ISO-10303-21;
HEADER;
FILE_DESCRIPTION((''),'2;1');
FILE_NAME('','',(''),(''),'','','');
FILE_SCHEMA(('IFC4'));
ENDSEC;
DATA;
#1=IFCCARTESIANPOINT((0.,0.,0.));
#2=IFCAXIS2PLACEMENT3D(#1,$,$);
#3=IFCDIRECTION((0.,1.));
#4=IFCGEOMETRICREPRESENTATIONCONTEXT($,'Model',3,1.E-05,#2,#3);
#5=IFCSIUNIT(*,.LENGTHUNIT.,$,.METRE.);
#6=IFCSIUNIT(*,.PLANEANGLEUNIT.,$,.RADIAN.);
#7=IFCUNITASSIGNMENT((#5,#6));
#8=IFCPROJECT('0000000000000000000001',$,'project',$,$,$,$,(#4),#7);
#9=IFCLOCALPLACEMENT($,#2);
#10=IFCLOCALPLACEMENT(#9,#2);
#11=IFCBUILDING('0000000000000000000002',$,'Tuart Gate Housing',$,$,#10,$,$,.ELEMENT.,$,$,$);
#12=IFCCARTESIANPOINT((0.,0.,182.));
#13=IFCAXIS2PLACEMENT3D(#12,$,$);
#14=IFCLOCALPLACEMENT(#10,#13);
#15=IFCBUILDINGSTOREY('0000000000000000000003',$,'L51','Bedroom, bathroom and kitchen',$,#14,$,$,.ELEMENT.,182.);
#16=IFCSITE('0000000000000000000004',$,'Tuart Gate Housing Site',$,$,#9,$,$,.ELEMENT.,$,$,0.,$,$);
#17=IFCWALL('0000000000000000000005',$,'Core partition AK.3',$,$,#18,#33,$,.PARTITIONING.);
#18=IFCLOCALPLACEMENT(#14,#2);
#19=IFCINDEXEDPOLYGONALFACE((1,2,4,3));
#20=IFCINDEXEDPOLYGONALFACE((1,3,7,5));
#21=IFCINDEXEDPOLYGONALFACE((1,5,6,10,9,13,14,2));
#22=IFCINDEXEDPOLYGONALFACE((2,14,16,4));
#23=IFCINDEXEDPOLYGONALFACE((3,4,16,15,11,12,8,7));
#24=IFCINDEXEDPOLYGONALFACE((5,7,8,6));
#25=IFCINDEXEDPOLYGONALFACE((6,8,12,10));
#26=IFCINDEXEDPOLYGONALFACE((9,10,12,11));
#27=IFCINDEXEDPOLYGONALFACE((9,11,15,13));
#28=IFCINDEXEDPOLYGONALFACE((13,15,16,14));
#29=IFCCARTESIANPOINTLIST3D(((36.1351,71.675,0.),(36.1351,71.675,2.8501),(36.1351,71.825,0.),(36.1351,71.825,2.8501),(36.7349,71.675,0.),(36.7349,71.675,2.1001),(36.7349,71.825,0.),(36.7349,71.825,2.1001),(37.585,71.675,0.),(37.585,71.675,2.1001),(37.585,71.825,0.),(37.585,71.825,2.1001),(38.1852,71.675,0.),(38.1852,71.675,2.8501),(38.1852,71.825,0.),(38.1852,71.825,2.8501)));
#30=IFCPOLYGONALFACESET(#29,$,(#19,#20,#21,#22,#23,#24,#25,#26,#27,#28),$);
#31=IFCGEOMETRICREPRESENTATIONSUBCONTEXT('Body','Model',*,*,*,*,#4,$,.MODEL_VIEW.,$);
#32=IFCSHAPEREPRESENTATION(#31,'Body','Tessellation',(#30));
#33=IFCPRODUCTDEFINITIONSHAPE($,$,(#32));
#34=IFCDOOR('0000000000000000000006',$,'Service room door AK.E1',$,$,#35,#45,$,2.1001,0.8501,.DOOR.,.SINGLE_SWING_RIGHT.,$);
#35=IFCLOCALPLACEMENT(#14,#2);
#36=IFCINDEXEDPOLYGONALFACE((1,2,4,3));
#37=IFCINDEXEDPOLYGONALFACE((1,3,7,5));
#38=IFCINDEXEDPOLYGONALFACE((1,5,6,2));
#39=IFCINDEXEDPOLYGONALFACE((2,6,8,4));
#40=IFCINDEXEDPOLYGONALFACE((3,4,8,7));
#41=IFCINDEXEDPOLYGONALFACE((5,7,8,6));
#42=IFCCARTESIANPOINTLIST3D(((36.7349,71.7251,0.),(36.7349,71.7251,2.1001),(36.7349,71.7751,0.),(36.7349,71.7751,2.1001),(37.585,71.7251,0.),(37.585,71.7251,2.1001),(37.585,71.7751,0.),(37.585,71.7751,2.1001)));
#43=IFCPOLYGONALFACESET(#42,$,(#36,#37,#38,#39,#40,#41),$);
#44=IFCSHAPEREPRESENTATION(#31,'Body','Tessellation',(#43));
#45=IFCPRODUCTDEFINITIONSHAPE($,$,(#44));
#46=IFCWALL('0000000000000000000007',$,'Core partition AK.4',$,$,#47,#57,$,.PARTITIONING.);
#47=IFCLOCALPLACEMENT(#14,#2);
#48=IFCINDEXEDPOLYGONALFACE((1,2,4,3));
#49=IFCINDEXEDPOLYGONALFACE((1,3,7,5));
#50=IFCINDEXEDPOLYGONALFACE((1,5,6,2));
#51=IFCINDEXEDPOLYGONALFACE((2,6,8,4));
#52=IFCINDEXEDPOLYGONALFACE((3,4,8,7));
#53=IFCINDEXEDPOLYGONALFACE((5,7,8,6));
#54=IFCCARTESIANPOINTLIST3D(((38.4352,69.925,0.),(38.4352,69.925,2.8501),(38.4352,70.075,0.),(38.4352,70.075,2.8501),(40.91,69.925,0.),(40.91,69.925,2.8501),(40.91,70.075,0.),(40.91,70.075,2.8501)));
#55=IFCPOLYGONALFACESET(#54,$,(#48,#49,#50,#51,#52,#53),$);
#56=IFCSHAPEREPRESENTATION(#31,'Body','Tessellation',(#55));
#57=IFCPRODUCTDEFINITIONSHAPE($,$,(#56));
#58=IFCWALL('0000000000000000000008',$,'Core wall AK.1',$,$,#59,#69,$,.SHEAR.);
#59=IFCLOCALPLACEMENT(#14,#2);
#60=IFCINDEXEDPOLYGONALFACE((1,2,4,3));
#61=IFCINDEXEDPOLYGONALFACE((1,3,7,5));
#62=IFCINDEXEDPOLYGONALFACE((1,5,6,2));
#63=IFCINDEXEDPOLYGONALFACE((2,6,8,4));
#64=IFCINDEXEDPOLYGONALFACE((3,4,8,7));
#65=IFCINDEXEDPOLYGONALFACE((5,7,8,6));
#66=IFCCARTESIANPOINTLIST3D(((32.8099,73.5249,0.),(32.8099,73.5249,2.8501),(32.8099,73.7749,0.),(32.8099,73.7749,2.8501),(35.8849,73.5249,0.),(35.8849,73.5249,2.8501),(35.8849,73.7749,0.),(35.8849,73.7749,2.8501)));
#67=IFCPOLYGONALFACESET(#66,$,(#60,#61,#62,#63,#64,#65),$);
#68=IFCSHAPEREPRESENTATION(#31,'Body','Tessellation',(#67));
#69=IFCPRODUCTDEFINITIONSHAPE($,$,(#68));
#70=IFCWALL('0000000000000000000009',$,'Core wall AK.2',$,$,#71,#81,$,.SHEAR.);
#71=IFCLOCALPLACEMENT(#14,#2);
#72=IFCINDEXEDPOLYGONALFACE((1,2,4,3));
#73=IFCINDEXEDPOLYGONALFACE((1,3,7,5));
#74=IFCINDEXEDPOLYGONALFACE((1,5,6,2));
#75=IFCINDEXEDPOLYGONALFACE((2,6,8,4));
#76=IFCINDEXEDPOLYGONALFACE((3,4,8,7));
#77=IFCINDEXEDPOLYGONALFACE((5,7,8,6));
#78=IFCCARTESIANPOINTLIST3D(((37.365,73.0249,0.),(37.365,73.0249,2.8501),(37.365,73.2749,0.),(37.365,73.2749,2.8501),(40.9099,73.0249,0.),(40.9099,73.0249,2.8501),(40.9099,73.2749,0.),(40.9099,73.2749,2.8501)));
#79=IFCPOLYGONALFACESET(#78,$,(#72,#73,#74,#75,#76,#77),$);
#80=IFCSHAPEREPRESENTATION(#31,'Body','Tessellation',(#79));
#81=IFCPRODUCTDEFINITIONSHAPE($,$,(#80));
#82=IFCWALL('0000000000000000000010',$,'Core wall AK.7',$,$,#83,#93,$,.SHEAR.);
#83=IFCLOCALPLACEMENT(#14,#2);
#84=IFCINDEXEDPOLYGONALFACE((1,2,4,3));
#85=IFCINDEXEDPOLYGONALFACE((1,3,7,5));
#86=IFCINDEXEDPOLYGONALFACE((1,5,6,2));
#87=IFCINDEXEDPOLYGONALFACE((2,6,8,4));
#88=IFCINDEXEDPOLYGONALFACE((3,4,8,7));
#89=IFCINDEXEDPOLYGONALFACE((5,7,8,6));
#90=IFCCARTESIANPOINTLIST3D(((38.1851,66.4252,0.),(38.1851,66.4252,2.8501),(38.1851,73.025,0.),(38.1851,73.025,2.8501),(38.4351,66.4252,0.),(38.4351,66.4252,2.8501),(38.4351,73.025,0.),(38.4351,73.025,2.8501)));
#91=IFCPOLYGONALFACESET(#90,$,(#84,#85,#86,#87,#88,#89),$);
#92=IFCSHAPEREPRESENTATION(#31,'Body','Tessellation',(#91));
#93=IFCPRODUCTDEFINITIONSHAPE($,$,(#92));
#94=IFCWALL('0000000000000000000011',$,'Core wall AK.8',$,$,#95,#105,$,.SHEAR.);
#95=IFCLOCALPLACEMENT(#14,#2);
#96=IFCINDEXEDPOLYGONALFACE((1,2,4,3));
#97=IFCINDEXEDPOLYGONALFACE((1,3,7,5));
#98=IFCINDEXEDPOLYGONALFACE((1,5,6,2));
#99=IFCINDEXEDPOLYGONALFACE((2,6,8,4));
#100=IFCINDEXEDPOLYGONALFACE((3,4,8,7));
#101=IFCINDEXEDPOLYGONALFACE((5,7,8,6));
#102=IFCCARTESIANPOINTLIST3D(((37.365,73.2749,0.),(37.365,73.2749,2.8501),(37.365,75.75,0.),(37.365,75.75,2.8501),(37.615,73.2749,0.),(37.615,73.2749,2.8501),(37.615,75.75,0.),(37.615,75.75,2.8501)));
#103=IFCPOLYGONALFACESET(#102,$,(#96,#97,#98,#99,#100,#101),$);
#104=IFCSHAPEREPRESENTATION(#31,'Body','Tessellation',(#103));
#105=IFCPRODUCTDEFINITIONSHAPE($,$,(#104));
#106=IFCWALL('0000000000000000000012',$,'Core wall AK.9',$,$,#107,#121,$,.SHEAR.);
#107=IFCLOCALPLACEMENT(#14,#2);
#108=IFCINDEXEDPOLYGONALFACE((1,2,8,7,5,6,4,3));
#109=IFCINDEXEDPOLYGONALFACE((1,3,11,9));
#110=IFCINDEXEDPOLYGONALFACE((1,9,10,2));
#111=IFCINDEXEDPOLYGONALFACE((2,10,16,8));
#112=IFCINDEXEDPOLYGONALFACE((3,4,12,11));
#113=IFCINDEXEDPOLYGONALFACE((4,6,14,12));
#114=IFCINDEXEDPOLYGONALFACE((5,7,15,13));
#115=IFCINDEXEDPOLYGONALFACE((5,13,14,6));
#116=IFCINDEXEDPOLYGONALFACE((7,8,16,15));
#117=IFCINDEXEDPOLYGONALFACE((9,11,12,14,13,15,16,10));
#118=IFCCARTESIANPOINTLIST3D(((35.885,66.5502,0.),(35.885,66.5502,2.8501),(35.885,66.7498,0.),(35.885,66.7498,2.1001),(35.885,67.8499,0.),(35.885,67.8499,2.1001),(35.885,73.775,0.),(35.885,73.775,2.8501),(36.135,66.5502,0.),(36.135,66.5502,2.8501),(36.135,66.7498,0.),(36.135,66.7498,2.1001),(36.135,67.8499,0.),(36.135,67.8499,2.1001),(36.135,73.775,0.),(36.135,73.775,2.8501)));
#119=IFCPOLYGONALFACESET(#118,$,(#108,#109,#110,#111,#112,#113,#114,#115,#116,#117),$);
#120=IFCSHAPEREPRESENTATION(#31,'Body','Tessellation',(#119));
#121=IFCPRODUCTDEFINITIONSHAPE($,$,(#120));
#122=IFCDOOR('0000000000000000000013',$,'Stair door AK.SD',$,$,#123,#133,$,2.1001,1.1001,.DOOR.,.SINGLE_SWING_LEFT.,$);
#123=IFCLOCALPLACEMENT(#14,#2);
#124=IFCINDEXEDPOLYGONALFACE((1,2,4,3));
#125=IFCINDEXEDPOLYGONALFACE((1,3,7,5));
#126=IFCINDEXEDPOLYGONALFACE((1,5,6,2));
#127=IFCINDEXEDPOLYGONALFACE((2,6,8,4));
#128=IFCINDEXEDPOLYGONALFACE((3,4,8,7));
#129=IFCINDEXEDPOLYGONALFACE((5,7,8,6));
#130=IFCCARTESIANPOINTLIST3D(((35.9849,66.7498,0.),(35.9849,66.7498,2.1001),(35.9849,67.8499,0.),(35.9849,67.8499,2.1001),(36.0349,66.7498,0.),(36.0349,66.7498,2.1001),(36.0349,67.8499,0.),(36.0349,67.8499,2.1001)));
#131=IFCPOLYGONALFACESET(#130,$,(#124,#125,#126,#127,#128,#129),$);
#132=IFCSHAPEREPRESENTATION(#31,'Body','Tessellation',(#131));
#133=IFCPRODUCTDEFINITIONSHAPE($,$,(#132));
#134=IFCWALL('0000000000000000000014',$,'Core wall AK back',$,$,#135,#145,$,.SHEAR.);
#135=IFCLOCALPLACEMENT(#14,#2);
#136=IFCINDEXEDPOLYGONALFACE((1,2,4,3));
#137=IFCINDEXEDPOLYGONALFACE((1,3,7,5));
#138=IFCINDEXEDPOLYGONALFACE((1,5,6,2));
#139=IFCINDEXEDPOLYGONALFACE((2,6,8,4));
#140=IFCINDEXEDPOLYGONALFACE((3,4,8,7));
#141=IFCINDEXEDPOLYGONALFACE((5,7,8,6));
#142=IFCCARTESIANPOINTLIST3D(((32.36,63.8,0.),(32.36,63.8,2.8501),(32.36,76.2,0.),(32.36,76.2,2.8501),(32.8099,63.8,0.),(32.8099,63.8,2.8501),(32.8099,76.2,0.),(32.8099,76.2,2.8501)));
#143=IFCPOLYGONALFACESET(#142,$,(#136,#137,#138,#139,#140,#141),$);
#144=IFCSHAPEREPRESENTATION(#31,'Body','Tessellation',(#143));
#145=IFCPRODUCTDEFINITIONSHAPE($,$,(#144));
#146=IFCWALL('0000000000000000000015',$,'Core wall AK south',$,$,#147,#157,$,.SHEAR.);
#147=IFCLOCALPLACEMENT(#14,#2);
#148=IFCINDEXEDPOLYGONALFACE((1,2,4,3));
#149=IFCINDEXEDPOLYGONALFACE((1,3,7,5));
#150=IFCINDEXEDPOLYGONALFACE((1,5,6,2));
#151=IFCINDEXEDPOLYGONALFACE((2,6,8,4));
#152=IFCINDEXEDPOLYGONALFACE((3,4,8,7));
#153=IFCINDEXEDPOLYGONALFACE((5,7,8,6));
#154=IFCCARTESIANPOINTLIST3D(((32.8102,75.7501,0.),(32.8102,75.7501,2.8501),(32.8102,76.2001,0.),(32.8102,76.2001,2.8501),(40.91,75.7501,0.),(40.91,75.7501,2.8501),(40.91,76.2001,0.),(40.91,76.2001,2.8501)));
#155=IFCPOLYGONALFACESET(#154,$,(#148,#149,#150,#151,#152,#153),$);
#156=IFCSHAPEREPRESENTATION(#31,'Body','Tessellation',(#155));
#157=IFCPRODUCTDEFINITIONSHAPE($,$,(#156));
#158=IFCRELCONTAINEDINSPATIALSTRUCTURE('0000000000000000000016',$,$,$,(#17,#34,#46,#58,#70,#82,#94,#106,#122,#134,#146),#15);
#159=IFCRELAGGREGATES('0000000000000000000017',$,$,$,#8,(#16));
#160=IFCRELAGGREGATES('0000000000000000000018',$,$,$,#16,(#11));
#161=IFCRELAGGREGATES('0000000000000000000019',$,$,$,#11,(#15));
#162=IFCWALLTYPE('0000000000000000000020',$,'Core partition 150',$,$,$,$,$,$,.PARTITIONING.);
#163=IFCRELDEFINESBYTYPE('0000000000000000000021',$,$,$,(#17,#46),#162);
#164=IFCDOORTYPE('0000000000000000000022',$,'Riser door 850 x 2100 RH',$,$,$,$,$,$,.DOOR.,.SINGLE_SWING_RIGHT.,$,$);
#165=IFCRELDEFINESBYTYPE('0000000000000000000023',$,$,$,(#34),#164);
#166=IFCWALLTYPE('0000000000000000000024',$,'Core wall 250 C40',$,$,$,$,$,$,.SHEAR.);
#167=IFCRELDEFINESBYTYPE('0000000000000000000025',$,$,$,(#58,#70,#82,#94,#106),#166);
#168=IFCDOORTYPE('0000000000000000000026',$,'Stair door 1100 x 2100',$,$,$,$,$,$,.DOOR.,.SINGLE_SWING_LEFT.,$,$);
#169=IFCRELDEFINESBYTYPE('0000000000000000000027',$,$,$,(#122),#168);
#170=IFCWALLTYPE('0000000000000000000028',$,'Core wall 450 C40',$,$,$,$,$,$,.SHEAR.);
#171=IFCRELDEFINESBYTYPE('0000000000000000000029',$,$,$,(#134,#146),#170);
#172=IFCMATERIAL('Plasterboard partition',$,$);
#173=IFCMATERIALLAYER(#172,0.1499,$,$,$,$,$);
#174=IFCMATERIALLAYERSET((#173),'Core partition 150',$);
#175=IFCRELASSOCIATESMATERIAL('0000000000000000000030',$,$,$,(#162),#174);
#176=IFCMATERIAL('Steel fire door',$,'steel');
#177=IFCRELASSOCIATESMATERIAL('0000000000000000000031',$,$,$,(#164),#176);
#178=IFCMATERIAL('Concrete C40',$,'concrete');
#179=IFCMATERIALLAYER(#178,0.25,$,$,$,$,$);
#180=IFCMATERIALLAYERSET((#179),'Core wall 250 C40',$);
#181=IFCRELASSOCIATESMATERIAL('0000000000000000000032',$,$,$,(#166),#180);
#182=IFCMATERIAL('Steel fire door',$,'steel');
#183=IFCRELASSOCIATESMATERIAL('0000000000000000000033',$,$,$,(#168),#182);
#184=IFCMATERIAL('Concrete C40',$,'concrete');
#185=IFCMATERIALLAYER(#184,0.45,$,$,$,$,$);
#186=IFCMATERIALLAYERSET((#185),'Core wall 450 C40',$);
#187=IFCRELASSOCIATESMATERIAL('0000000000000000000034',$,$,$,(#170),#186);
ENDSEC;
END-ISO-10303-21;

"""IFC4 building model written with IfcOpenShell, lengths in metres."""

from ifc_helpers import new_model, si_unit, direction, frame, frame_2d, origin, place, context, subcontext, project, spatial, rectangle, extrude, material, layer, layer_set, type_object, element, fill, save


model = new_model("IFC4")

# Units and contexts
model_context = context("Model", 3, precision=1e-05, world=origin(), true_north=direction((0.0, 1.0)))
body_context = subcontext(model_context, "Body", "Model", "MODEL_VIEW")
ifc_project = project(units=[si_unit("LENGTHUNIT", "METRE"), si_unit("PLANEANGLEUNIT", "RADIAN")], contexts=[model_context])

# Site, building, storey
site_placement = place(None, origin())
site = spatial("IfcSite", under=ifc_project, at=site_placement, Name="Tuart Gate Housing Site", CompositionType="ELEMENT", RefElevation=0.0)
building_placement = place(site_placement, origin())
building = spatial("IfcBuilding", under=site, at=building_placement, Name="Tuart Gate Housing", CompositionType="ELEMENT")
storey_placement = place(building_placement, frame((0.0, 0.0, 182.0)))
storey = spatial("IfcBuildingStorey", under=building, at=storey_placement, Name="L51", Description="Bedroom, bathroom and kitchen", CompositionType="ELEMENT", Elevation=182.0)

# Wall, opening, door
ifc_material_1 = material(Name="Plasterboard partition")
ifc_layer_1 = layer(ifc_material_1, 0.1499)
ifc_layer_set_1 = layer_set([ifc_layer_1], Name="Core partition 150")
wall_type_1 = type_object("IfcWallType", Name="Core partition 150", PredefinedType="PARTITIONING", material=ifc_layer_set_1)
wall_1_placement = place(storey_placement, frame((38.1851, 71.75, 0.0), z_axis=(0.0, 0.0, 1.0), x_axis=(-1.0, 0.0, 0.0)))
wall_1 = element("IfcWall", 1, at=wall_1_placement, inside=storey, type_object=wall_type_1, Name="Core partition AK.3", PredefinedType="PARTITIONING", context=body_context, shape_type="SweptSolid", body=[
    extrude(rectangle(XDim=2.05, YDim=0.1499, at=frame_2d((1.0249, 0.0))), origin(), (0.0, 0.0, 1.0), 2.8501),
])
opening_1_placement = place(wall_1_placement, frame((0.6001, 0.0, 0.0)))
opening_1 = element("IfcOpeningElement", 2, at=opening_1_placement, cuts=wall_1, PredefinedType="OPENING", context=body_context, shape_type="SweptSolid", body=[
    extrude(rectangle(XDim=0.8501, YDim=2.1001, at=frame_2d((0.425, 1.05))), frame((0.0, 0.085, 0.0), z_axis=(0.0, -1.0, 0.0), x_axis=(1.0, 0.0, 0.0)), (0.0, 0.0, 1.0), 0.1699),
])
ifc_material_2 = material(Name="Steel fire door", Category="steel")
door_type_1 = type_object("IfcDoorType", Name="Riser door 850 x 2100 RH", OperationType="SINGLE_SWING_RIGHT", PredefinedType="DOOR", material=ifc_material_2)
door_1_placement = place(opening_1_placement, frame((0.8501, 0.0, 0.0), z_axis=(0.0, 0.0, 1.0), x_axis=(-1.0, 0.0, 0.0)))
door_1 = element("IfcDoor", 3, at=door_1_placement, inside=storey, type_object=door_type_1, Name="Service room door AK.E1", OperationType="SINGLE_SWING_RIGHT", OverallHeight=2.1001, OverallWidth=0.8501, PredefinedType="DOOR", context=body_context, shape_type="SweptSolid", body=[
    extrude(rectangle(XDim=0.8501, YDim=2.1001, at=frame_2d((0.425, 1.05))), frame((0.0, 0.0251, 0.0), z_axis=(0.0, -1.0, 0.0), x_axis=(1.0, 0.0, 0.0)), (0.0, 0.0, 1.0), 0.05),
])
fill(opening_1, door_1)

# Walls
wall_2_placement = place(storey_placement, frame((40.9099, 70.0, 0.0), z_axis=(0.0, 0.0, 1.0), x_axis=(-1.0, 0.0, 0.0)))
element("IfcWall", 4, at=wall_2_placement, inside=storey, type_object=wall_type_1, Name="Core partition AK.4", PredefinedType="PARTITIONING", context=body_context, shape_type="SweptSolid", body=[
    extrude(rectangle(XDim=2.4749, YDim=0.1499, at=frame_2d((1.2373, 0.0))), origin(), (0.0, 0.0, 1.0), 2.8501),
])
ifc_material_3 = material(Name="Concrete C40", Category="concrete")
ifc_layer_2 = layer(ifc_material_3, 0.25)
ifc_layer_set_2 = layer_set([ifc_layer_2], Name="Core wall 250 C40")
wall_type_2 = type_object("IfcWallType", Name="Core wall 250 C40", PredefinedType="SHEAR", material=ifc_layer_set_2)
wall_3_placement = place(storey_placement, frame((35.885, 73.6499, 0.0), z_axis=(0.0, 0.0, 1.0), x_axis=(-1.0, 0.0, 0.0)))
element("IfcWall", 5, at=wall_3_placement, inside=storey, type_object=wall_type_2, Name="Core wall AK.1", PredefinedType="SHEAR", context=body_context, shape_type="SweptSolid", body=[
    extrude(rectangle(XDim=3.075, YDim=0.25, at=frame_2d((1.5376, 0.0))), origin(), (0.0, 0.0, 1.0), 2.8501),
])
wall_4_placement = place(storey_placement, frame((40.9099, 73.1499, 0.0), z_axis=(0.0, 0.0, 1.0), x_axis=(-1.0, 0.0, 0.0)))
element("IfcWall", 6, at=wall_4_placement, inside=storey, type_object=wall_type_2, Name="Core wall AK.2", PredefinedType="SHEAR", context=body_context, shape_type="SweptSolid", body=[
    extrude(rectangle(XDim=3.5449, YDim=0.25, at=frame_2d((1.7725, 0.0))), origin(), (0.0, 0.0, 1.0), 2.8501),
])
wall_5_placement = place(storey_placement, frame((38.3101, 73.0249, 0.0), z_axis=(0.0, 0.0, 1.0), x_axis=(0.0, -1.0, 0.0)))
element("IfcWall", 7, at=wall_5_placement, inside=storey, type_object=wall_type_2, Name="Core wall AK.7", PredefinedType="SHEAR", context=body_context, shape_type="SweptSolid", body=[
    extrude(rectangle(XDim=6.5999, YDim=0.25, at=frame_2d((3.2998, 0.0))), origin(), (0.0, 0.0, 1.0), 2.8501),
])
wall_6_placement = place(storey_placement, frame((37.49, 75.75, 0.0), z_axis=(0.0, 0.0, 1.0), x_axis=(0.0, -1.0, 0.0)))
element("IfcWall", 8, at=wall_6_placement, inside=storey, type_object=wall_type_2, Name="Core wall AK.8", PredefinedType="SHEAR", context=body_context, shape_type="SweptSolid", body=[
    extrude(rectangle(XDim=2.4751, YDim=0.25, at=frame_2d((1.2375, 0.0))), origin(), (0.0, 0.0, 1.0), 2.8501),
])

# Wall, opening, door
wall_7_placement = place(storey_placement, frame((36.01, 73.7749, 0.0), z_axis=(0.0, 0.0, 1.0), x_axis=(0.0, -1.0, 0.0)))
wall_7 = element("IfcWall", 9, at=wall_7_placement, inside=storey, type_object=wall_type_2, Name="Core wall AK.9", PredefinedType="SHEAR", context=body_context, shape_type="SweptSolid", body=[
    extrude(rectangle(XDim=7.2249, YDim=0.25, at=frame_2d((3.6123, 0.0))), origin(), (0.0, 0.0, 1.0), 2.8501),
])
opening_2_placement = place(wall_7_placement, frame((5.925, 0.0, 0.0)))
opening_2 = element("IfcOpeningElement", 10, at=opening_2_placement, cuts=wall_7, PredefinedType="OPENING", context=body_context, shape_type="SweptSolid", body=[
    extrude(rectangle(XDim=1.1001, YDim=2.1001, at=frame_2d((0.55, 1.05))), frame((0.0, 0.135, 0.0), z_axis=(0.0, -1.0, 0.0), x_axis=(1.0, 0.0, 0.0)), (0.0, 0.0, 1.0), 0.27),
])
ifc_material_4 = material(Name="Steel fire door", Category="steel")
door_type_2 = type_object("IfcDoorType", Name="Stair door 1100 x 2100", OperationType="SINGLE_SWING_LEFT", PredefinedType="DOOR", material=ifc_material_4)
door_2_placement = place(opening_2_placement, frame((1.1001, 0.0, 0.0), z_axis=(0.0, 0.0, 1.0), x_axis=(-1.0, 0.0, 0.0)))
door_2 = element("IfcDoor", 11, at=door_2_placement, inside=storey, type_object=door_type_2, Name="Stair door AK.SD", OperationType="SINGLE_SWING_LEFT", OverallHeight=2.1001, OverallWidth=1.1001, PredefinedType="DOOR", context=body_context, shape_type="SweptSolid", body=[
    extrude(rectangle(XDim=1.1001, YDim=2.1001, at=frame_2d((0.55, 1.05))), frame((0.0, 0.0251, 0.0), z_axis=(0.0, -1.0, 0.0), x_axis=(1.0, 0.0, 0.0)), (0.0, 0.0, 1.0), 0.05),
])
fill(opening_2, door_2)

# Walls
ifc_material_5 = material(Name="Concrete C40", Category="concrete")
ifc_layer_3 = layer(ifc_material_5, 0.45)
ifc_layer_set_3 = layer_set([ifc_layer_3], Name="Core wall 450 C40")
wall_type_3 = type_object("IfcWallType", Name="Core wall 450 C40", PredefinedType="SHEAR", material=ifc_layer_set_3)
wall_8_placement = place(storey_placement, frame((32.585, 76.2, 0.0), z_axis=(0.0, 0.0, 1.0), x_axis=(0.0, -1.0, 0.0)))
element("IfcWall", 12, at=wall_8_placement, inside=storey, type_object=wall_type_3, Name="Core wall AK back", PredefinedType="SHEAR", context=body_context, shape_type="SweptSolid", body=[
    extrude(rectangle(XDim=12.3999, YDim=0.45, at=frame_2d((6.2, 0.0))), origin(), (0.0, 0.0, 1.0), 2.8501),
])
wall_9_placement = place(storey_placement, frame((40.9099, 75.9751, 0.0), z_axis=(0.0, 0.0, 1.0), x_axis=(-1.0, 0.0, 0.0)))
element("IfcWall", 13, at=wall_9_placement, inside=storey, type_object=wall_type_3, Name="Core wall AK south", PredefinedType="SHEAR", context=body_context, shape_type="SweptSolid", body=[
    extrude(rectangle(XDim=8.0999, YDim=0.45, at=frame_2d((4.0498, 0.0))), origin(), (0.0, 0.0, 1.0), 2.8501),
])

save(model, "model.ifc")
